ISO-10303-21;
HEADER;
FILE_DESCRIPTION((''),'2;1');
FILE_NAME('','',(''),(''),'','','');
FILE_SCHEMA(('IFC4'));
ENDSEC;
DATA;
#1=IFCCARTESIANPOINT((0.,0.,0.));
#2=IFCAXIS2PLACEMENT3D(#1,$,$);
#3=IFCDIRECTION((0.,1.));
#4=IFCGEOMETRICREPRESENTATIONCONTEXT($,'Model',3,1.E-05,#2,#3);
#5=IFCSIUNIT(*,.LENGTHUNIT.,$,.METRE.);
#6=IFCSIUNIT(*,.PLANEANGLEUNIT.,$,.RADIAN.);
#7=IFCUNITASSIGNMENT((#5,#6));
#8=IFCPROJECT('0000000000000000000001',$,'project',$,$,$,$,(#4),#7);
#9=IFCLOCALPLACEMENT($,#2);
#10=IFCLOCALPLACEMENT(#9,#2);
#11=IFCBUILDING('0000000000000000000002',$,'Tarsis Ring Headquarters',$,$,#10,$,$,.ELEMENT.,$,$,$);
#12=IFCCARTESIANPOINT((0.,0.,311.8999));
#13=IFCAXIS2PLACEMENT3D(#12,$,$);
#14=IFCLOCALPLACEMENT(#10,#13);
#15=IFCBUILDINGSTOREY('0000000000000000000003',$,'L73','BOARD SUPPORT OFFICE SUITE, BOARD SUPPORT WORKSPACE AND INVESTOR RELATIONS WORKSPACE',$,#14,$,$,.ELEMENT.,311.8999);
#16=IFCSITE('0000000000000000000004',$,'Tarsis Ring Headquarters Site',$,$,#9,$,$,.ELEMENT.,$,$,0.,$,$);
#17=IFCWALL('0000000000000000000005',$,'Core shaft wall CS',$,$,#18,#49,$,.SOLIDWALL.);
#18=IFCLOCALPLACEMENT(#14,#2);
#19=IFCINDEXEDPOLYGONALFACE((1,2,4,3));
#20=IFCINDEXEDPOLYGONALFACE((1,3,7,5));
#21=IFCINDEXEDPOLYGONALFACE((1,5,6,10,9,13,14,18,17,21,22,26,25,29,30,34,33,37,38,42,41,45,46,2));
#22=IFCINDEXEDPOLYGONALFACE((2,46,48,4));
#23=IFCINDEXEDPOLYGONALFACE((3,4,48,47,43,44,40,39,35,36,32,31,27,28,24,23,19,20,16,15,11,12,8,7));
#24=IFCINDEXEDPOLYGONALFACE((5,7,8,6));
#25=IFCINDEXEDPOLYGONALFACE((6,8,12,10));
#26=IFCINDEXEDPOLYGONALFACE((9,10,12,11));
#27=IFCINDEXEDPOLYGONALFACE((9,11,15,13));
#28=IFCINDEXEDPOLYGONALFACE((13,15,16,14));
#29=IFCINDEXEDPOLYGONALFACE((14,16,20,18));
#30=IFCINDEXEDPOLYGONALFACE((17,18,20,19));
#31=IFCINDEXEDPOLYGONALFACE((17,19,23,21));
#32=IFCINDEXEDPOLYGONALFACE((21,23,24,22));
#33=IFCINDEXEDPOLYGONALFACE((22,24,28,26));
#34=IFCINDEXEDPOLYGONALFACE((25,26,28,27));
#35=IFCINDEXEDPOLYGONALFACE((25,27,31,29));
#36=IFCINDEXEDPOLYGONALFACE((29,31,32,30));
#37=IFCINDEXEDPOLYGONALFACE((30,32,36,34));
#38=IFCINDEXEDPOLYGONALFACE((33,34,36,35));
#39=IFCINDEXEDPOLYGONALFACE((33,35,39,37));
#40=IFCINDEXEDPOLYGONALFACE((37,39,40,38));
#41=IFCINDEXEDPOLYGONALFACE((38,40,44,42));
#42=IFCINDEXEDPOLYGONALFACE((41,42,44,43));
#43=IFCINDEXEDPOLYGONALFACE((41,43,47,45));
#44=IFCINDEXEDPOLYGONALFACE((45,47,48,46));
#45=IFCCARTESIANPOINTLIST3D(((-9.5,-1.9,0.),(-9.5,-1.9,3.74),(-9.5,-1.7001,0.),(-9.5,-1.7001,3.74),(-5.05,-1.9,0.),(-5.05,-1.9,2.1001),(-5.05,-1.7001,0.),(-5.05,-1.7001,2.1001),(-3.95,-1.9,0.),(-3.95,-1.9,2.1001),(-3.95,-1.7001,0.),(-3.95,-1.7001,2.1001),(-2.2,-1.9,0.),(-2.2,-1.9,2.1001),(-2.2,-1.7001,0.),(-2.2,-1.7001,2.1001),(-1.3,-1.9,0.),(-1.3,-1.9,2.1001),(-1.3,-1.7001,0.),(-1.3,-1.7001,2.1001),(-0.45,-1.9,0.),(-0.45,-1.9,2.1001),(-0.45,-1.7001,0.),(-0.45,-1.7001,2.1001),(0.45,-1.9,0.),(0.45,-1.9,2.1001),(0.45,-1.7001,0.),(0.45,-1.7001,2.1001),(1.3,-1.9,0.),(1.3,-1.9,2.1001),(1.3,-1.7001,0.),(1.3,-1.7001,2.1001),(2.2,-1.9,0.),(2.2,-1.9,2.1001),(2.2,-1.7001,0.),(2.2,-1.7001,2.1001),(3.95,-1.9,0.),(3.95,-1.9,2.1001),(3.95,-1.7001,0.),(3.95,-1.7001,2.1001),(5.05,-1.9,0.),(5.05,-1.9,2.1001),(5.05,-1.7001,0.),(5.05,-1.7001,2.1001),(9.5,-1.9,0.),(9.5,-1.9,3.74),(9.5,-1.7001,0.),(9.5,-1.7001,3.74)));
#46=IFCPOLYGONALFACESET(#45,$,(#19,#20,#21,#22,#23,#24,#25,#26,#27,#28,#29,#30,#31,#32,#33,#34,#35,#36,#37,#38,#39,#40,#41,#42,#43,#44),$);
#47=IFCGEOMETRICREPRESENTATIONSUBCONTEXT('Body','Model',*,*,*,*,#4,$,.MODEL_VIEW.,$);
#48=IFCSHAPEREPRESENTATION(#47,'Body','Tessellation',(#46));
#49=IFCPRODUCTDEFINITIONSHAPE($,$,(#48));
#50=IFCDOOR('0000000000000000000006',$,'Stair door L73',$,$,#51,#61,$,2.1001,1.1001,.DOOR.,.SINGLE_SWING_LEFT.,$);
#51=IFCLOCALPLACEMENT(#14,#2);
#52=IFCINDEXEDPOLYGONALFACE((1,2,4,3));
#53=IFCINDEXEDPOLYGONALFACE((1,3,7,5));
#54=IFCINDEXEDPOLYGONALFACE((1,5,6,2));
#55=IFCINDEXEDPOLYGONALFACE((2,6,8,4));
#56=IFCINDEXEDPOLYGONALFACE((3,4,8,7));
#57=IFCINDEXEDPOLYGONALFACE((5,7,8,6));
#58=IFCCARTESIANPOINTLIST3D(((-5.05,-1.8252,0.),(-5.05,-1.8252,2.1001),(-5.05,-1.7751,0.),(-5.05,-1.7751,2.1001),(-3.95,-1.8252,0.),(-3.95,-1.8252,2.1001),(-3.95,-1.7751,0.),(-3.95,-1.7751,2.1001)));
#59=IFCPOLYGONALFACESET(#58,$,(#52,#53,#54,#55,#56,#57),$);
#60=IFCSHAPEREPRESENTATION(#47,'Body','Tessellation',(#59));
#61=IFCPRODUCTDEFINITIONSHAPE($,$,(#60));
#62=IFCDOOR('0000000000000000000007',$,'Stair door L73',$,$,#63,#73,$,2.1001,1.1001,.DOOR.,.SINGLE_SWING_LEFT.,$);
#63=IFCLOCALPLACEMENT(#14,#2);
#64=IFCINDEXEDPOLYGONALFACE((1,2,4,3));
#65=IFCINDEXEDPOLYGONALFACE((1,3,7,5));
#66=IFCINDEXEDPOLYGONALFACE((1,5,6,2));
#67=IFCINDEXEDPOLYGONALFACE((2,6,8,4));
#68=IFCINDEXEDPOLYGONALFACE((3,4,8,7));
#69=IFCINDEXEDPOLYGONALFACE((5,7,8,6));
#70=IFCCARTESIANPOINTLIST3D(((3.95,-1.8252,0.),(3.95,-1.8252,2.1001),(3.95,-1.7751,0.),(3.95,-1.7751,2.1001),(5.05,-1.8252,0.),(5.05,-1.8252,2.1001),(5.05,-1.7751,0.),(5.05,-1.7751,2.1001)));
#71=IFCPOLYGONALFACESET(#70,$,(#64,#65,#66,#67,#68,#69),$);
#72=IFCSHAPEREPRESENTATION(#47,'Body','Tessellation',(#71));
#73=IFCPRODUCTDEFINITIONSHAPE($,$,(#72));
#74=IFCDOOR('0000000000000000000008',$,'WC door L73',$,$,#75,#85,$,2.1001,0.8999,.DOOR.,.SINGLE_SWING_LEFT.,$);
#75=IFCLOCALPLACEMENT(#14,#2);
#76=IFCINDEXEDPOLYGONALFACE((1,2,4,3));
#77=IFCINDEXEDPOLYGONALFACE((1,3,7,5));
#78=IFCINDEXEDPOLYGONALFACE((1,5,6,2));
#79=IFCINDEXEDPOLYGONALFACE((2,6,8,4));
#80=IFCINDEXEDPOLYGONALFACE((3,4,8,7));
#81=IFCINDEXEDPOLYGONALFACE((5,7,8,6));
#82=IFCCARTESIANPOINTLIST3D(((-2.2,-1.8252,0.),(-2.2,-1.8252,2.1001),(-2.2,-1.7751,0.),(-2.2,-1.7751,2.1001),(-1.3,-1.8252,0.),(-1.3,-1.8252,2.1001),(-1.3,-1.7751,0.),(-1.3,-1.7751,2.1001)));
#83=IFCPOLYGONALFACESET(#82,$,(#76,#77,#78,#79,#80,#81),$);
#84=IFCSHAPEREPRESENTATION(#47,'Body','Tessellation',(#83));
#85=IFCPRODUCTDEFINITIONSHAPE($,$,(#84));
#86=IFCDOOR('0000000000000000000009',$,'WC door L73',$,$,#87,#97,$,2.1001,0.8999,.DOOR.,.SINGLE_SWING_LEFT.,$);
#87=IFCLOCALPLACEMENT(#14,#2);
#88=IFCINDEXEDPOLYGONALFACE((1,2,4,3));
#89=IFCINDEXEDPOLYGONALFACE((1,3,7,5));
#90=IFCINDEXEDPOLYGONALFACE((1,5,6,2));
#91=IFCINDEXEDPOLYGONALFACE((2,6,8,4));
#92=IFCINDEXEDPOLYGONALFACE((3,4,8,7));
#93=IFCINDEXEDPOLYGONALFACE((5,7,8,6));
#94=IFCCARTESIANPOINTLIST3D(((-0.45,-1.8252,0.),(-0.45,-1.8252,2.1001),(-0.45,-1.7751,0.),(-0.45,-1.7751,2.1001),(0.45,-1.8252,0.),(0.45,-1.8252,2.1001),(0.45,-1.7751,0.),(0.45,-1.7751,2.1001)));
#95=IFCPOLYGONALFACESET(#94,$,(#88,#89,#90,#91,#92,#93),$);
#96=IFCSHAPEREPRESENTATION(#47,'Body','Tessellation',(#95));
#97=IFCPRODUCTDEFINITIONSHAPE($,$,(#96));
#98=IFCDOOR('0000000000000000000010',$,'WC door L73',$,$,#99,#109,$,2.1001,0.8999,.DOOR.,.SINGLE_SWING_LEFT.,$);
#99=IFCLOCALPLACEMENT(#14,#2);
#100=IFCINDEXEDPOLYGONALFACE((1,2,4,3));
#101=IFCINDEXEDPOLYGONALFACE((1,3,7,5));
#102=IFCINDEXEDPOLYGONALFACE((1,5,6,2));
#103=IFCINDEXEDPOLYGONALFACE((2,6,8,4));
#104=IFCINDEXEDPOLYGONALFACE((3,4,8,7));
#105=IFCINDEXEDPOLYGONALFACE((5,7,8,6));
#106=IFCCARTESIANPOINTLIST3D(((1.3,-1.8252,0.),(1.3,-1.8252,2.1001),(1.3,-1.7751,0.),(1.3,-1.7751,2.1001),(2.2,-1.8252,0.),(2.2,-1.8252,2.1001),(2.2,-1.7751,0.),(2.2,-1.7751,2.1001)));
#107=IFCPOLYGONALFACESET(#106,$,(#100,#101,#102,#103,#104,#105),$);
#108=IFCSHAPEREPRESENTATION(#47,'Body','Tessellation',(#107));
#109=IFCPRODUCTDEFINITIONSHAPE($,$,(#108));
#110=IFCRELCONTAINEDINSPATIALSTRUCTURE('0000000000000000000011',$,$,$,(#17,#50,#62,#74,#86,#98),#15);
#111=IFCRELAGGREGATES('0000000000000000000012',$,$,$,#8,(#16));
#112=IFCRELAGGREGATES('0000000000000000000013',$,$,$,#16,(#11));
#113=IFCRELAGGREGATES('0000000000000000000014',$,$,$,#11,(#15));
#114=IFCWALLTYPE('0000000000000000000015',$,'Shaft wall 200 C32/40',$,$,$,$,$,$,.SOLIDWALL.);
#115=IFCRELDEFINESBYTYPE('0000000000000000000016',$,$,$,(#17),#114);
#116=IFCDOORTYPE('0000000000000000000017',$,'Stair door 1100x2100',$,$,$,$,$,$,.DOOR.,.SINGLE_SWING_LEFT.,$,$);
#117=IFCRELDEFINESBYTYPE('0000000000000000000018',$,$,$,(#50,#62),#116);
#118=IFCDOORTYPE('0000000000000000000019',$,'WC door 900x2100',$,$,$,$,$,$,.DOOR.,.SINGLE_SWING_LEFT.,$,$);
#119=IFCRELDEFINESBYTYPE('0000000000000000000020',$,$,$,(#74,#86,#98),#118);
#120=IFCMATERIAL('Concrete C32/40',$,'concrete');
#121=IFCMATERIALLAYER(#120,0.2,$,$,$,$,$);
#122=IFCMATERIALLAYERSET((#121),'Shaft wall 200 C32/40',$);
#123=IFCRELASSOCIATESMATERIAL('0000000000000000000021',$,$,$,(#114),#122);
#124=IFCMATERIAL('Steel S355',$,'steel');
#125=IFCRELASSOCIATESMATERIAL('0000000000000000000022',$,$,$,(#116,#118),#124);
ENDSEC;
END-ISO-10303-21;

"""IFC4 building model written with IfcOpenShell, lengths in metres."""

from ifc_helpers import new_model, si_unit, direction, frame, frame_2d, origin, place, context, subcontext, project, spatial, rectangle, extrude, material, layer, layer_set, type_object, element, fill, save


model = new_model("IFC4")

# Units and contexts
model_context = context("Model", 3, precision=1e-05, world=origin(), true_north=direction((0.0, 1.0)))
body_context = subcontext(model_context, "Body", "Model", "MODEL_VIEW")
ifc_project = project(units=[si_unit("LENGTHUNIT", "METRE"), si_unit("PLANEANGLEUNIT", "RADIAN")], contexts=[model_context])

# Site, building, storey
site_placement = place(None, origin())
site = spatial("IfcSite", under=ifc_project, at=site_placement, Name="Tarsis Ring Headquarters Site", CompositionType="ELEMENT", RefElevation=0.0)
building_placement = place(site_placement, origin())
building = spatial("IfcBuilding", under=site, at=building_placement, Name="Tarsis Ring Headquarters", CompositionType="ELEMENT")
storey_placement = place(building_placement, frame((0.0, 0.0, 311.8999)))
storey = spatial("IfcBuildingStorey", under=building, at=storey_placement, Name="L73", Description="BOARD SUPPORT OFFICE SUITE, BOARD SUPPORT WORKSPACE AND INVESTOR RELATIONS WORKSPACE", CompositionType="ELEMENT", Elevation=311.8999)

# Wall, openings, doors
ifc_material_1 = material(Name="Concrete C32/40", Category="concrete")
ifc_layer_1 = layer(ifc_material_1, 0.2)
ifc_layer_set_1 = layer_set([ifc_layer_1], Name="Shaft wall 200 C32/40")
wall_type_1 = type_object("IfcWallType", Name="Shaft wall 200 C32/40", PredefinedType="SOLIDWALL", material=ifc_layer_set_1)
ifc_material_2 = material(Name="Steel S355", Category="steel")
door_type_1 = type_object("IfcDoorType", Name="Stair door 1100x2100", OperationType="SINGLE_SWING_LEFT", PredefinedType="DOOR", material=ifc_material_2)
wall_1_placement = place(storey_placement, frame((-9.5, -1.8, 0.0), z_axis=(0.0, 0.0, 1.0), x_axis=(1.0, 0.0, 0.0)))
wall_1 = element("IfcWall", 1, at=wall_1_placement, inside=storey, type_object=wall_type_1, Name="Core shaft wall CS", PredefinedType="SOLIDWALL", context=body_context, shape_type="SweptSolid", body=[
    extrude(rectangle(XDim=19.0, YDim=0.2, at=frame_2d((9.5, 0.0))), origin(), (0.0, 0.0, 1.0), 3.74),
])
opening_1_placement = place(wall_1_placement, frame((4.45, 0.0, 0.0)))
opening_1 = element("IfcOpeningElement", 2, at=opening_1_placement, cuts=wall_1, PredefinedType="OPENING", context=body_context, shape_type="SweptSolid", body=[
    extrude(rectangle(XDim=1.1001, YDim=2.1001, at=frame_2d((0.55, 1.05))), frame((0.0, 0.1099, 0.0), z_axis=(0.0, -1.0, 0.0), x_axis=(1.0, 0.0, 0.0)), (0.0, 0.0, 1.0), 0.22),
])
opening_2_placement = place(wall_1_placement, frame((7.3, 0.0, 0.0)))
opening_2 = element("IfcOpeningElement", 3, at=opening_2_placement, cuts=wall_1, PredefinedType="OPENING", context=body_context, shape_type="SweptSolid", body=[
    extrude(rectangle(XDim=0.8999, YDim=2.1001, at=frame_2d((0.45, 1.05))), frame((0.0, 0.1099, 0.0), z_axis=(0.0, -1.0, 0.0), x_axis=(1.0, 0.0, 0.0)), (0.0, 0.0, 1.0), 0.22),
])
opening_3_placement = place(wall_1_placement, frame((9.05, 0.0, 0.0)))
opening_3 = element("IfcOpeningElement", 4, at=opening_3_placement, cuts=wall_1, PredefinedType="OPENING", context=body_context, shape_type="SweptSolid", body=[
    extrude(rectangle(XDim=0.8999, YDim=2.1001, at=frame_2d((0.45, 1.05))), frame((0.0, 0.1099, 0.0), z_axis=(0.0, -1.0, 0.0), x_axis=(1.0, 0.0, 0.0)), (0.0, 0.0, 1.0), 0.22),
])
opening_4_placement = place(wall_1_placement, frame((10.8, 0.0, 0.0)))
opening_4 = element("IfcOpeningElement", 5, at=opening_4_placement, cuts=wall_1, PredefinedType="OPENING", context=body_context, shape_type="SweptSolid", body=[
    extrude(rectangle(XDim=0.8999, YDim=2.1001, at=frame_2d((0.45, 1.05))), frame((0.0, 0.1099, 0.0), z_axis=(0.0, -1.0, 0.0), x_axis=(1.0, 0.0, 0.0)), (0.0, 0.0, 1.0), 0.22),
])
opening_5_placement = place(wall_1_placement, frame((13.45, 0.0, 0.0)))
opening_5 = element("IfcOpeningElement", 6, at=opening_5_placement, cuts=wall_1, PredefinedType="OPENING", context=body_context, shape_type="SweptSolid", body=[
    extrude(rectangle(XDim=1.1001, YDim=2.1001, at=frame_2d((0.55, 1.05))), frame((0.0, 0.1099, 0.0), z_axis=(0.0, -1.0, 0.0), x_axis=(1.0, 0.0, 0.0)), (0.0, 0.0, 1.0), 0.22),
])
door_1_placement = place(opening_1_placement, origin())
door_1 = element("IfcDoor", 7, at=door_1_placement, inside=storey, type_object=door_type_1, Name="Stair door L73", OperationType="SINGLE_SWING_LEFT", OverallHeight=2.1001, OverallWidth=1.1001, PredefinedType="DOOR", context=body_context, shape_type="SweptSolid", body=[
    extrude(rectangle(XDim=1.1001, YDim=2.1001, at=frame_2d((0.55, 1.05))), frame((0.0, 0.0249, 0.0), z_axis=(0.0, -1.0, 0.0), x_axis=(1.0, 0.0, 0.0)), (0.0, 0.0, 1.0), 0.05),
])
fill(opening_1, door_1)
door_2_placement = place(opening_5_placement, origin())
door_2 = element("IfcDoor", 8, at=door_2_placement, inside=storey, type_object=door_type_1, Name="Stair door L73", OperationType="SINGLE_SWING_LEFT", OverallHeight=2.1001, OverallWidth=1.1001, PredefinedType="DOOR", context=body_context, shape_type="SweptSolid", body=[
    extrude(rectangle(XDim=1.1001, YDim=2.1001, at=frame_2d((0.55, 1.05))), frame((0.0, 0.0249, 0.0), z_axis=(0.0, -1.0, 0.0), x_axis=(1.0, 0.0, 0.0)), (0.0, 0.0, 1.0), 0.05),
])
fill(opening_5, door_2)
door_type_2 = type_object("IfcDoorType", Name="WC door 900x2100", OperationType="SINGLE_SWING_LEFT", PredefinedType="DOOR", material=ifc_material_2)
door_3_placement = place(opening_2_placement, origin())
door_3 = element("IfcDoor", 9, at=door_3_placement, inside=storey, type_object=door_type_2, Name="WC door L73", OperationType="SINGLE_SWING_LEFT", OverallHeight=2.1001, OverallWidth=0.8999, PredefinedType="DOOR", context=body_context, shape_type="SweptSolid", body=[
    extrude(rectangle(XDim=0.8999, YDim=2.1001, at=frame_2d((0.45, 1.05))), frame((0.0, 0.0249, 0.0), z_axis=(0.0, -1.0, 0.0), x_axis=(1.0, 0.0, 0.0)), (0.0, 0.0, 1.0), 0.05),
])
fill(opening_2, door_3)
door_4_placement = place(opening_3_placement, origin())
door_4 = element("IfcDoor", 10, at=door_4_placement, inside=storey, type_object=door_type_2, Name="WC door L73", OperationType="SINGLE_SWING_LEFT", OverallHeight=2.1001, OverallWidth=0.8999, PredefinedType="DOOR", context=body_context, shape_type="SweptSolid", body=[
    extrude(rectangle(XDim=0.8999, YDim=2.1001, at=frame_2d((0.45, 1.05))), frame((0.0, 0.0249, 0.0), z_axis=(0.0, -1.0, 0.0), x_axis=(1.0, 0.0, 0.0)), (0.0, 0.0, 1.0), 0.05),
])
fill(opening_3, door_4)
door_5_placement = place(opening_4_placement, origin())
door_5 = element("IfcDoor", 11, at=door_5_placement, inside=storey, type_object=door_type_2, Name="WC door L73", OperationType="SINGLE_SWING_LEFT", OverallHeight=2.1001, OverallWidth=0.8999, PredefinedType="DOOR", context=body_context, shape_type="SweptSolid", body=[
    extrude(rectangle(XDim=0.8999, YDim=2.1001, at=frame_2d((0.45, 1.05))), frame((0.0, 0.0249, 0.0), z_axis=(0.0, -1.0, 0.0), x_axis=(1.0, 0.0, 0.0)), (0.0, 0.0, 1.0), 0.05),
])
fill(opening_4, door_5)

save(model, "model.ifc")
